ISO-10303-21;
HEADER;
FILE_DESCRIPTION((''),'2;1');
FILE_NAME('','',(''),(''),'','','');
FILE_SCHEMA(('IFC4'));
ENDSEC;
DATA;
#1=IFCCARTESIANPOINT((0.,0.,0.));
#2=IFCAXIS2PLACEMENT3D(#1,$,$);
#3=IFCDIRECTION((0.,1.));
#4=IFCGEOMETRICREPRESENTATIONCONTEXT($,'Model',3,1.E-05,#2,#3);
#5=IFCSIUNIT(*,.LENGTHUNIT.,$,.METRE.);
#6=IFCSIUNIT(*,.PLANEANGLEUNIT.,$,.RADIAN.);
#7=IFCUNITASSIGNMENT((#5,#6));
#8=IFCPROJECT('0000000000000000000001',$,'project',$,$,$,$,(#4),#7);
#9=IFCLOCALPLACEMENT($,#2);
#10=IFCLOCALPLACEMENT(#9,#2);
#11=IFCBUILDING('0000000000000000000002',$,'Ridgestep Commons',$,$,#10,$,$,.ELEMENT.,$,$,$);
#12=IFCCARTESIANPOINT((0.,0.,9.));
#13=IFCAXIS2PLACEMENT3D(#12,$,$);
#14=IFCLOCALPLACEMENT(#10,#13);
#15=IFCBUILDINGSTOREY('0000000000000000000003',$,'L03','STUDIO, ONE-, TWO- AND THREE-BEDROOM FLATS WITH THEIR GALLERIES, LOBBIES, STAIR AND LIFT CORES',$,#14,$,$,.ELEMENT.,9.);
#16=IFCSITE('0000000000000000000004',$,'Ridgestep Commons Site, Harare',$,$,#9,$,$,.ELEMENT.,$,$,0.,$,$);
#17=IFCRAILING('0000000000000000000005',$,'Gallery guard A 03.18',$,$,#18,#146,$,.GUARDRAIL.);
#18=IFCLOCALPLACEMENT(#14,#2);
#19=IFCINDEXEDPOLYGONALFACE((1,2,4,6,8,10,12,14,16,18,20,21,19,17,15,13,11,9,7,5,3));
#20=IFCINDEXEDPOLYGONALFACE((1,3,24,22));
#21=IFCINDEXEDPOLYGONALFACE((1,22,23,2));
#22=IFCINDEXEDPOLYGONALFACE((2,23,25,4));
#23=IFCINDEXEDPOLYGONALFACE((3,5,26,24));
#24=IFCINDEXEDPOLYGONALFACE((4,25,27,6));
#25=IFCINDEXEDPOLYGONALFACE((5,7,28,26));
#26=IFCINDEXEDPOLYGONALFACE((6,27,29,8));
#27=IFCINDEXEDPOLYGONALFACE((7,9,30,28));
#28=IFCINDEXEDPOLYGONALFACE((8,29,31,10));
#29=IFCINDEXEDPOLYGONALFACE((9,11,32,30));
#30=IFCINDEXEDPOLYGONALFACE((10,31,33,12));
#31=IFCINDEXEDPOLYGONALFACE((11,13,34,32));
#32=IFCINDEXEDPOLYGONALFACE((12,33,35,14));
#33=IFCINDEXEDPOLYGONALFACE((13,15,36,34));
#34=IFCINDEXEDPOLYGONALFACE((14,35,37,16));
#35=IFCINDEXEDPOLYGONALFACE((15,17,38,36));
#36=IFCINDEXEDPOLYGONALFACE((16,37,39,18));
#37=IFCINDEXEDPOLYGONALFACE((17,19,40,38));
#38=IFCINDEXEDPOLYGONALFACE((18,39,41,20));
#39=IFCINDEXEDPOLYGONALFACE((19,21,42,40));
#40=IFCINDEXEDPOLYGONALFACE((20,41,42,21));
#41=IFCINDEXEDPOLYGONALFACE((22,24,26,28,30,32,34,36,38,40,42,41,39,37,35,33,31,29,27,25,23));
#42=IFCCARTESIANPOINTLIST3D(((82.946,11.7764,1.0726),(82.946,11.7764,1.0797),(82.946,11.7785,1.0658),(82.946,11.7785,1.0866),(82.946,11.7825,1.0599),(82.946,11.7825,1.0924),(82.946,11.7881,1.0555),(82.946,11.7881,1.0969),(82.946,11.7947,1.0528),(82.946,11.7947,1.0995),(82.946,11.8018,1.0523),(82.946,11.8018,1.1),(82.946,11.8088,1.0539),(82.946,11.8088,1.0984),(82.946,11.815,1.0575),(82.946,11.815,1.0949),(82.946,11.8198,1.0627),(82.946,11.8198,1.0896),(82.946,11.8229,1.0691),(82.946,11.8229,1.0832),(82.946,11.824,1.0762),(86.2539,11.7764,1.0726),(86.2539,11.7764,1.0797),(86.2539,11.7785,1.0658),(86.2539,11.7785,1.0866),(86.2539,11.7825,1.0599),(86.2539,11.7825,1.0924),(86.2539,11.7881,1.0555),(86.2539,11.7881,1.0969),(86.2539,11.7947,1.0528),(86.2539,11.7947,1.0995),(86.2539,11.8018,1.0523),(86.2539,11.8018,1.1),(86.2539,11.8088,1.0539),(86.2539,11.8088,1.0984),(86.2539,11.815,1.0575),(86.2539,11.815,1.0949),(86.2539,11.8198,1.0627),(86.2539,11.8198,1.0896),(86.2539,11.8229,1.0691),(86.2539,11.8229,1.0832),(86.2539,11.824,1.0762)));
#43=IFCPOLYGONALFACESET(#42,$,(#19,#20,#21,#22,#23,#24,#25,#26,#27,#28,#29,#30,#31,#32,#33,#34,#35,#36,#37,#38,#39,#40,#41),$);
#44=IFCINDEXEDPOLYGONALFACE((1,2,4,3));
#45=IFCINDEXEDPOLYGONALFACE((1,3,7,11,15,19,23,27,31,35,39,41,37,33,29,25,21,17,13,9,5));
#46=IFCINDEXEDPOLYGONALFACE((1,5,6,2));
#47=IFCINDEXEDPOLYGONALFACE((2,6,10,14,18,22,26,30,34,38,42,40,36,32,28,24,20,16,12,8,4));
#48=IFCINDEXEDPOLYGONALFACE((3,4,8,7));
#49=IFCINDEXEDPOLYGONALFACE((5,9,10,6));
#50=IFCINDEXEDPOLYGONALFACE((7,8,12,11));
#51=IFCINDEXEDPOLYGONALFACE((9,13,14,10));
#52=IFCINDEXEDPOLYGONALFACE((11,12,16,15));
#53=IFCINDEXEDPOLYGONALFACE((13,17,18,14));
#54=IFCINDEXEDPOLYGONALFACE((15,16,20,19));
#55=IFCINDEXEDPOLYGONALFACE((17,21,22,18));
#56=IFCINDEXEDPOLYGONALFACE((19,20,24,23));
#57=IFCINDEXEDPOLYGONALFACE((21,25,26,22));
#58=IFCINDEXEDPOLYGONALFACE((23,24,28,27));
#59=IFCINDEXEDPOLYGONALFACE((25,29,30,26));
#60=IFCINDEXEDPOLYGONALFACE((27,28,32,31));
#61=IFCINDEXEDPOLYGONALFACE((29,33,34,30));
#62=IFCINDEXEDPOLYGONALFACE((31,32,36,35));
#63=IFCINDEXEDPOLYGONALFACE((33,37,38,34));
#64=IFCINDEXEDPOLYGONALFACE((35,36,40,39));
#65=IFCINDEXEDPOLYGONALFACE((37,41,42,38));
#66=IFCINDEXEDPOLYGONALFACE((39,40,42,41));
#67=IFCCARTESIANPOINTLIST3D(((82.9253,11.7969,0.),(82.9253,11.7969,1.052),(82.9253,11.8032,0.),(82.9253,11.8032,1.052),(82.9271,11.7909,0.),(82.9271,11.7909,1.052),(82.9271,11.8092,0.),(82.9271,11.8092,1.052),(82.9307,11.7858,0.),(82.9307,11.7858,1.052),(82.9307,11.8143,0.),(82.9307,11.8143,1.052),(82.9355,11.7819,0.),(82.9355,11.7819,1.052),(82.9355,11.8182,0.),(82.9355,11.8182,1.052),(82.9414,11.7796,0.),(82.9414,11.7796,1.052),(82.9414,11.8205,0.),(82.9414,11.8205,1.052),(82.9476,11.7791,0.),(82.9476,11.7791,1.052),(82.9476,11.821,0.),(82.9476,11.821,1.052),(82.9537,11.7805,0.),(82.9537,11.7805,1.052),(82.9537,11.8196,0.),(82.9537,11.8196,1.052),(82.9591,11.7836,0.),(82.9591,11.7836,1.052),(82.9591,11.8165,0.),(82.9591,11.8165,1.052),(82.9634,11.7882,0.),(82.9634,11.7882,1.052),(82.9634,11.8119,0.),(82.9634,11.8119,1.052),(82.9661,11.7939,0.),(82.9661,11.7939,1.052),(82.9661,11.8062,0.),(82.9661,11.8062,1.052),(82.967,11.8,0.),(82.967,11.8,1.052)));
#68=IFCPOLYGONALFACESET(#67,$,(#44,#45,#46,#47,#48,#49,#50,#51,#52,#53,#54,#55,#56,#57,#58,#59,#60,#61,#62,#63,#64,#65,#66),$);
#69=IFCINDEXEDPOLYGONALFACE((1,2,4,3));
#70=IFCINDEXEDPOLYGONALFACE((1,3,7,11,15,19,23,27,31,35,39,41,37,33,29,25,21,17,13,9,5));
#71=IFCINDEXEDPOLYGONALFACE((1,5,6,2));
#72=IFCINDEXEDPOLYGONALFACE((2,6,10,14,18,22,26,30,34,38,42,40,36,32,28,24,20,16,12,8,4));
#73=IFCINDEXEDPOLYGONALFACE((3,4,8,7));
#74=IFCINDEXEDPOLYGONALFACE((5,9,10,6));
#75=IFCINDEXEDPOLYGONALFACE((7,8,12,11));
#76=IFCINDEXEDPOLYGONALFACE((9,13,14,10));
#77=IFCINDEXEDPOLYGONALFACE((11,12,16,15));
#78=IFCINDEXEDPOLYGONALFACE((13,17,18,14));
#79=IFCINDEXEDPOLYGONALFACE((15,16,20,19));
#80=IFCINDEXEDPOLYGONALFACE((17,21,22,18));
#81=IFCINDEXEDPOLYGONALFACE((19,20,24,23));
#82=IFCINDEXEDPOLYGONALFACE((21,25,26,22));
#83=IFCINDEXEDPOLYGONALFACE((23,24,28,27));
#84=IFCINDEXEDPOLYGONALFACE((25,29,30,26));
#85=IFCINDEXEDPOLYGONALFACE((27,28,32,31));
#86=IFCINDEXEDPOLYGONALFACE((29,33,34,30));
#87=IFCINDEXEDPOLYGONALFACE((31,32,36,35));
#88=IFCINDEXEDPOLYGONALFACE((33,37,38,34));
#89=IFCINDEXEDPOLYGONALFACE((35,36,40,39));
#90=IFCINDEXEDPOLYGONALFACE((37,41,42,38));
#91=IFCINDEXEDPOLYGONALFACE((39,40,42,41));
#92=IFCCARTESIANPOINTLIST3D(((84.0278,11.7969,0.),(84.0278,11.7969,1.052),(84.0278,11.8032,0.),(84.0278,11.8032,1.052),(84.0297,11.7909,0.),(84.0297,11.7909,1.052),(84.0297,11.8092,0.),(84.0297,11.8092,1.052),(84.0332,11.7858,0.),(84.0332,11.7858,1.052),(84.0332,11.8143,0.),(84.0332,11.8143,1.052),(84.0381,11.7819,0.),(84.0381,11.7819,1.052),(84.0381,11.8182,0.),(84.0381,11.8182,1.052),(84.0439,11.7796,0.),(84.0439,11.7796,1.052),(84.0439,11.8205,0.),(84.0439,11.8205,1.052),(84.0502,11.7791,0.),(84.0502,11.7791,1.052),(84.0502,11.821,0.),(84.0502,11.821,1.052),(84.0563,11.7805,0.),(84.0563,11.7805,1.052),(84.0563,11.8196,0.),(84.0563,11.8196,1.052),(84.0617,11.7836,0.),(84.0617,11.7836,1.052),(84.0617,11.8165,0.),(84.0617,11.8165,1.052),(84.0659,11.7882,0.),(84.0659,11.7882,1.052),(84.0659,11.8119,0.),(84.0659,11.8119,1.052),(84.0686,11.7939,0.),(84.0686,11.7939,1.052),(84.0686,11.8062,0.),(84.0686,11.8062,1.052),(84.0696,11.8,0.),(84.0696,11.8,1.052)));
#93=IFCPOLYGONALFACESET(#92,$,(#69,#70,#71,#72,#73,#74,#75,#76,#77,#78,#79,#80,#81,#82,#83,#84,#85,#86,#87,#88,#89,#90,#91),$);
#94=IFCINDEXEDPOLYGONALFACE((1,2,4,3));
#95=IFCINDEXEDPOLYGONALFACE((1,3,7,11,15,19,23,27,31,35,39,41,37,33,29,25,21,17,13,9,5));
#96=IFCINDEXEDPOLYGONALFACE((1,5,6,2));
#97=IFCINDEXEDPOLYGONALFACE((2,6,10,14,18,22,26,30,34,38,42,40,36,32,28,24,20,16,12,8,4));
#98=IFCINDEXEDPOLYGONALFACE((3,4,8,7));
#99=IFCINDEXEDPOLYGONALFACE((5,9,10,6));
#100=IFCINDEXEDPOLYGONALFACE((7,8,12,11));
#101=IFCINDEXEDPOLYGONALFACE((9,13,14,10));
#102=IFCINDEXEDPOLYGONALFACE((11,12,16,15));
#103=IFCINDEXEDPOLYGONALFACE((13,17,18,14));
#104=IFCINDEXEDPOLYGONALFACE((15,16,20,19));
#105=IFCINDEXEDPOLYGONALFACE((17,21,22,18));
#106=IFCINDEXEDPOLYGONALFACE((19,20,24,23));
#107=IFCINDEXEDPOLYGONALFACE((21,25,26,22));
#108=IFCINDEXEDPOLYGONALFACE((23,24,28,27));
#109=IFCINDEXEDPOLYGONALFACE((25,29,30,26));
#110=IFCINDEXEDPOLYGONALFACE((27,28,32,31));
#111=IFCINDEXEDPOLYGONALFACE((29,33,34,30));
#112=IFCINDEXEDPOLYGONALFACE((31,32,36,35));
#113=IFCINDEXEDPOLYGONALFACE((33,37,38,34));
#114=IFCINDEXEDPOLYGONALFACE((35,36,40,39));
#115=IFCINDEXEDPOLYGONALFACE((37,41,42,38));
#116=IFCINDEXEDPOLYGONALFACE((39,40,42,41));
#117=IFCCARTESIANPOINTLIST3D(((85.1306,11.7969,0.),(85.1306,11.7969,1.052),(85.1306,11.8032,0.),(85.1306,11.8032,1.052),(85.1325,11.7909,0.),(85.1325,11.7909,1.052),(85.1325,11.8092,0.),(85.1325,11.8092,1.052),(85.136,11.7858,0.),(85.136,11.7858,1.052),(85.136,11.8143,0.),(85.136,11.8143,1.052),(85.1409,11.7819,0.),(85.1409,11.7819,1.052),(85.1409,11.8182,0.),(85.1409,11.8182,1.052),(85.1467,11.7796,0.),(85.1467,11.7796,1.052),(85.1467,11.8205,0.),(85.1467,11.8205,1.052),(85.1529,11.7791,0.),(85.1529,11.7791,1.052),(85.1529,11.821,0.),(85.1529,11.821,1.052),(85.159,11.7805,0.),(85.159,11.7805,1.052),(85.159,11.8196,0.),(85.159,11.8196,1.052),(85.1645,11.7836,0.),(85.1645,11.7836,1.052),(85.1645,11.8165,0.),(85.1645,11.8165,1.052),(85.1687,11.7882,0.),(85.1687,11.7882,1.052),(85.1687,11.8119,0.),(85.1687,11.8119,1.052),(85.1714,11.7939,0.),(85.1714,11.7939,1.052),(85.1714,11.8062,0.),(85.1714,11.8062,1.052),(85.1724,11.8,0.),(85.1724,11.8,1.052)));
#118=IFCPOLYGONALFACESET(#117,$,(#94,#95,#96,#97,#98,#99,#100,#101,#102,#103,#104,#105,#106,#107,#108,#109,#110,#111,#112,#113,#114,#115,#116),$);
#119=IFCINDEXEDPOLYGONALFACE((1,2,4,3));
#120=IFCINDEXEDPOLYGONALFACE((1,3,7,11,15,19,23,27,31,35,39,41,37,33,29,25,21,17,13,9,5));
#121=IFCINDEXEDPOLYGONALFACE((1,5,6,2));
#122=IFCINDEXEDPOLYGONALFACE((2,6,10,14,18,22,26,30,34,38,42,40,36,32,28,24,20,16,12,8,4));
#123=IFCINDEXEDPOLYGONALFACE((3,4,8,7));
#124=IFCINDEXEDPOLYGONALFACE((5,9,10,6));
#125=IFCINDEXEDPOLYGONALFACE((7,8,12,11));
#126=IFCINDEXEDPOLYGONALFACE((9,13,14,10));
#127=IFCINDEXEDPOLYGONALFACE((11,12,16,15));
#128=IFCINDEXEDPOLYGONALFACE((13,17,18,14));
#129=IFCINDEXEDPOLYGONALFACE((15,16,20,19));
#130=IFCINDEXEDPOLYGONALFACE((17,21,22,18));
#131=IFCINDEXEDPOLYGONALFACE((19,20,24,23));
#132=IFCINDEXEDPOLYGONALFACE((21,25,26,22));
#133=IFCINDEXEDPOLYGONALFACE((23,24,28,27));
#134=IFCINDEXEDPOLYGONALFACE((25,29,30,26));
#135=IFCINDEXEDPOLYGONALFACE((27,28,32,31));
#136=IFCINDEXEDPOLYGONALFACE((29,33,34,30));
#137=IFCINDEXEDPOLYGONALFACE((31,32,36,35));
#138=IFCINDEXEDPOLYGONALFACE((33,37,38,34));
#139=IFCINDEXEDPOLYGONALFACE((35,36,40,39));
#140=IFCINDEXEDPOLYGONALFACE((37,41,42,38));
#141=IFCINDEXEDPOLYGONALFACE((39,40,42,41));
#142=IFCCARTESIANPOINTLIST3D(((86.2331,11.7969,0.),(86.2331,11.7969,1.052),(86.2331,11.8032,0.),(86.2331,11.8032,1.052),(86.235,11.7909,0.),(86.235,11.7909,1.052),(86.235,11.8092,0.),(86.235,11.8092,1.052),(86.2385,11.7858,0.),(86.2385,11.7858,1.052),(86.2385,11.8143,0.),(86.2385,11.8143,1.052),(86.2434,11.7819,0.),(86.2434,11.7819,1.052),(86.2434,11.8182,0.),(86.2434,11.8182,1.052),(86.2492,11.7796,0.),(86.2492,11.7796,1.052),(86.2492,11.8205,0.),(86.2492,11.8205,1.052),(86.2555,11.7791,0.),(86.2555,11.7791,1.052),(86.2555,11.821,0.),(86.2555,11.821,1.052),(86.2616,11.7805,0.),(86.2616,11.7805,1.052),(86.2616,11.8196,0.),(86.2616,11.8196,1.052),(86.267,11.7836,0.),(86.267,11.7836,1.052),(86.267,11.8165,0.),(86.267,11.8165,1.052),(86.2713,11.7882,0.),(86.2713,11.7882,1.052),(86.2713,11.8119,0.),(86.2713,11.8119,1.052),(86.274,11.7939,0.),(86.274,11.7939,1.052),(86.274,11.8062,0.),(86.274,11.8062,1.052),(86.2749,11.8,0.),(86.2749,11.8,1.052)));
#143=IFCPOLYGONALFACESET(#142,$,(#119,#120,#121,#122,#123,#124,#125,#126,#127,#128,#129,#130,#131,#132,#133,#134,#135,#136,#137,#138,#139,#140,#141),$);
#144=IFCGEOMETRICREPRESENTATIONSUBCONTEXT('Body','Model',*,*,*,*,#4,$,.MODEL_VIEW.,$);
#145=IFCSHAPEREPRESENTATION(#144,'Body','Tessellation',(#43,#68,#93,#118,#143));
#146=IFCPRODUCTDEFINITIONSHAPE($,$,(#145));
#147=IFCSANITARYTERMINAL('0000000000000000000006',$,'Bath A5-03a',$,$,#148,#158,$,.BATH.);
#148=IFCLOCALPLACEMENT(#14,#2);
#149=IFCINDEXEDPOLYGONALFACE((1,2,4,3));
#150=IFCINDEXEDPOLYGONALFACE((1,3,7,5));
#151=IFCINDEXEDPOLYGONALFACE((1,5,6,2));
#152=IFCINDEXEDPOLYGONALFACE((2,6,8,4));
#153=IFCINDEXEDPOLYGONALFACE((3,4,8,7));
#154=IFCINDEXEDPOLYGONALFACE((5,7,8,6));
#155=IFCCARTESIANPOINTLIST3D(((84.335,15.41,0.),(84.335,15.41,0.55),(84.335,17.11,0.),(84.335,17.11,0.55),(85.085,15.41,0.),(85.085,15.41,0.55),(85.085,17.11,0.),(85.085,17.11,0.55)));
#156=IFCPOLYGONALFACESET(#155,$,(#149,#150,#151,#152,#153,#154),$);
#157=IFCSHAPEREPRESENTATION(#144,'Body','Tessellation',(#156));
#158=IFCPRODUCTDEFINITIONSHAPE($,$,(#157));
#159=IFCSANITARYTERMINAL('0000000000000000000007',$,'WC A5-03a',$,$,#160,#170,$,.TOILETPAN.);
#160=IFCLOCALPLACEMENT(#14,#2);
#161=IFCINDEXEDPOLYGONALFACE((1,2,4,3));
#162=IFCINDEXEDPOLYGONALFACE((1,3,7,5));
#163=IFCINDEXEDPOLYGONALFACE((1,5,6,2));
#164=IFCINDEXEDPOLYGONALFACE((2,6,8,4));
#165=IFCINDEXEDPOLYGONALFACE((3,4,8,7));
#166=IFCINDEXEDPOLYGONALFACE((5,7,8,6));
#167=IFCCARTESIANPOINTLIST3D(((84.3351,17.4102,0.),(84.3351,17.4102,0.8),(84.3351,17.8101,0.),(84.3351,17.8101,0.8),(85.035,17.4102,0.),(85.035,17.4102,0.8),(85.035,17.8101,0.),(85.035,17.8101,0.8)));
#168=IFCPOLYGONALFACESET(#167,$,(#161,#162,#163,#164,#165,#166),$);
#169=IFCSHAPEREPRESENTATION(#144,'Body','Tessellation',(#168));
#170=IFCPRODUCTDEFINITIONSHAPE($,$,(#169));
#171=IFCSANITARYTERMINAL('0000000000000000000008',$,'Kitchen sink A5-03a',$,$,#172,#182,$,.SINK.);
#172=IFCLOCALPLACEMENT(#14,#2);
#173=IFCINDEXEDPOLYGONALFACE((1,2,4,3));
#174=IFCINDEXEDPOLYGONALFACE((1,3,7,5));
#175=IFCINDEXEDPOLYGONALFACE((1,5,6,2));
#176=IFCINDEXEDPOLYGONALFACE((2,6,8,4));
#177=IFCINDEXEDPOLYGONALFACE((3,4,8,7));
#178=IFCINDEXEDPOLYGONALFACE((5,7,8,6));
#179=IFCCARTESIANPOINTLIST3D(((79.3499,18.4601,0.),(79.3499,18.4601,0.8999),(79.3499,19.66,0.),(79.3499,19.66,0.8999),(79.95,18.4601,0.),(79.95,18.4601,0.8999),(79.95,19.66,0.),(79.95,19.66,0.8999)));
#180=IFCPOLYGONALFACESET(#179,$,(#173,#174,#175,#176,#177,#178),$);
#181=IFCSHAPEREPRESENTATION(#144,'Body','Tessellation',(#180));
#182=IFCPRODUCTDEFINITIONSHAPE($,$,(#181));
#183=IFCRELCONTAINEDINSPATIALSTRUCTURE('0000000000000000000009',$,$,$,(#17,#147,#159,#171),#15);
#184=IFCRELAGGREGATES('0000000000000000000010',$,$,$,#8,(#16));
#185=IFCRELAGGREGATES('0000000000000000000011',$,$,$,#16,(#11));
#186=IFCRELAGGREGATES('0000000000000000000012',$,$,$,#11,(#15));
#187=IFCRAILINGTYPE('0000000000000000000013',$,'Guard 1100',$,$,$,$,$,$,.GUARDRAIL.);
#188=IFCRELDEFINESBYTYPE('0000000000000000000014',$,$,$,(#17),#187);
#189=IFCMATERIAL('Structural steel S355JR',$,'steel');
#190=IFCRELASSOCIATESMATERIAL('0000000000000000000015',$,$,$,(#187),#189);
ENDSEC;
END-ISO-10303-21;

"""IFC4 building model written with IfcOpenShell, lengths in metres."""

from ifc_helpers import new_model, si_unit, direction, frame, origin, origin_2d, place, context, subcontext, project, spatial, rectangle, circle, extrude, material, type_object, element, save


model = new_model("IFC4")

# Units and contexts
model_context = context("Model", 3, precision=1e-05, world=origin(), true_north=direction((0.0, 1.0)))
body_context = subcontext(model_context, "Body", "Model", "MODEL_VIEW")
ifc_project = project(units=[si_unit("LENGTHUNIT", "METRE"), si_unit("PLANEANGLEUNIT", "RADIAN")], contexts=[model_context])

# Site, building, storey
site_placement = place(None, origin())
site = spatial("IfcSite", under=ifc_project, at=site_placement, Name="Ridgestep Commons Site, Harare", CompositionType="ELEMENT", RefElevation=0.0)
building_placement = place(site_placement, origin())
building = spatial("IfcBuilding", under=site, at=building_placement, Name="Ridgestep Commons", CompositionType="ELEMENT")
storey_placement = place(building_placement, frame((0.0, 0.0, 9.0)))
storey = spatial("IfcBuildingStorey", under=building, at=storey_placement, Name="L03", Description="STUDIO, ONE-, TWO- AND THREE-BEDROOM FLATS WITH THEIR GALLERIES, LOBBIES, STAIR AND LIFT CORES", CompositionType="ELEMENT", Elevation=9.0)

# Railing
ifc_material_1 = material(Name="Structural steel S355JR", Category="steel")
railing_type = type_object("IfcRailingType", Name="Guard 1100", PredefinedType="GUARDRAIL", material=ifc_material_1)
railing_1_placement = place(storey_placement, frame((82.946, 11.8, 0.0)))
element("IfcRailing", 1, at=railing_1_placement, inside=storey, type_object=railing_type, Name="Gallery guard A 03.18", PredefinedType="GUARDRAIL", context=body_context, shape_type="SweptSolid", body=[
    extrude(circle(Radius=0.0239, at=origin_2d()), frame((0.0, 0.0, 1.0762), z_axis=(1.0, 0.0, 0.0), x_axis=(0.0, 1.0, 0.0)), (0.0, 0.0, 1.0), 3.3079),
    extrude(circle(Radius=0.021, at=origin_2d()), origin(), (0.0, 0.0, 1.0), 1.052),
    extrude(circle(Radius=0.021, at=origin_2d()), frame((1.1025, 0.0, 0.0)), (0.0, 0.0, 1.0), 1.052),
    extrude(circle(Radius=0.021, at=origin_2d()), frame((2.2053, 0.0, 0.0)), (0.0, 0.0, 1.0), 1.052),
    extrude(circle(Radius=0.021, at=origin_2d()), frame((3.3079, 0.0, 0.0)), (0.0, 0.0, 1.0), 1.052),
])

# Sanitary terminals
sanitary_terminal_1_placement = place(storey_placement, frame((84.71, 16.26, 0.0), z_axis=(0.0, 0.0, 1.0), x_axis=(1.0, 0.0, 0.0)))
element("IfcSanitaryTerminal", 2, at=sanitary_terminal_1_placement, inside=storey, Name="Bath A5-03a", PredefinedType="BATH", context=body_context, shape_type="SweptSolid", body=[
    extrude(rectangle(XDim=0.75, YDim=1.7, at=origin_2d()), origin(), (0.0, 0.0, 1.0), 0.55),
])
sanitary_terminal_2_placement = place(storey_placement, frame((84.6851, 17.6101, 0.0), z_axis=(0.0, 0.0, 1.0), x_axis=(1.0, 0.0, 0.0)))
element("IfcSanitaryTerminal", 3, at=sanitary_terminal_2_placement, inside=storey, Name="WC A5-03a", PredefinedType="TOILETPAN", context=body_context, shape_type="SweptSolid", body=[
    extrude(rectangle(XDim=0.7, YDim=0.3999, at=origin_2d()), origin(), (0.0, 0.0, 1.0), 0.8),
])
sanitary_terminal_3_placement = place(storey_placement, frame((79.6499, 19.0601, 0.0), z_axis=(0.0, 0.0, 1.0), x_axis=(1.0, 0.0, 0.0)))
element("IfcSanitaryTerminal", 4, at=sanitary_terminal_3_placement, inside=storey, Name="Kitchen sink A5-03a", PredefinedType="SINK", context=body_context, shape_type="SweptSolid", body=[
    extrude(rectangle(XDim=0.6001, YDim=1.2, at=origin_2d()), origin(), (0.0, 0.0, 1.0), 0.8999),
])

save(model, "model.ifc")
